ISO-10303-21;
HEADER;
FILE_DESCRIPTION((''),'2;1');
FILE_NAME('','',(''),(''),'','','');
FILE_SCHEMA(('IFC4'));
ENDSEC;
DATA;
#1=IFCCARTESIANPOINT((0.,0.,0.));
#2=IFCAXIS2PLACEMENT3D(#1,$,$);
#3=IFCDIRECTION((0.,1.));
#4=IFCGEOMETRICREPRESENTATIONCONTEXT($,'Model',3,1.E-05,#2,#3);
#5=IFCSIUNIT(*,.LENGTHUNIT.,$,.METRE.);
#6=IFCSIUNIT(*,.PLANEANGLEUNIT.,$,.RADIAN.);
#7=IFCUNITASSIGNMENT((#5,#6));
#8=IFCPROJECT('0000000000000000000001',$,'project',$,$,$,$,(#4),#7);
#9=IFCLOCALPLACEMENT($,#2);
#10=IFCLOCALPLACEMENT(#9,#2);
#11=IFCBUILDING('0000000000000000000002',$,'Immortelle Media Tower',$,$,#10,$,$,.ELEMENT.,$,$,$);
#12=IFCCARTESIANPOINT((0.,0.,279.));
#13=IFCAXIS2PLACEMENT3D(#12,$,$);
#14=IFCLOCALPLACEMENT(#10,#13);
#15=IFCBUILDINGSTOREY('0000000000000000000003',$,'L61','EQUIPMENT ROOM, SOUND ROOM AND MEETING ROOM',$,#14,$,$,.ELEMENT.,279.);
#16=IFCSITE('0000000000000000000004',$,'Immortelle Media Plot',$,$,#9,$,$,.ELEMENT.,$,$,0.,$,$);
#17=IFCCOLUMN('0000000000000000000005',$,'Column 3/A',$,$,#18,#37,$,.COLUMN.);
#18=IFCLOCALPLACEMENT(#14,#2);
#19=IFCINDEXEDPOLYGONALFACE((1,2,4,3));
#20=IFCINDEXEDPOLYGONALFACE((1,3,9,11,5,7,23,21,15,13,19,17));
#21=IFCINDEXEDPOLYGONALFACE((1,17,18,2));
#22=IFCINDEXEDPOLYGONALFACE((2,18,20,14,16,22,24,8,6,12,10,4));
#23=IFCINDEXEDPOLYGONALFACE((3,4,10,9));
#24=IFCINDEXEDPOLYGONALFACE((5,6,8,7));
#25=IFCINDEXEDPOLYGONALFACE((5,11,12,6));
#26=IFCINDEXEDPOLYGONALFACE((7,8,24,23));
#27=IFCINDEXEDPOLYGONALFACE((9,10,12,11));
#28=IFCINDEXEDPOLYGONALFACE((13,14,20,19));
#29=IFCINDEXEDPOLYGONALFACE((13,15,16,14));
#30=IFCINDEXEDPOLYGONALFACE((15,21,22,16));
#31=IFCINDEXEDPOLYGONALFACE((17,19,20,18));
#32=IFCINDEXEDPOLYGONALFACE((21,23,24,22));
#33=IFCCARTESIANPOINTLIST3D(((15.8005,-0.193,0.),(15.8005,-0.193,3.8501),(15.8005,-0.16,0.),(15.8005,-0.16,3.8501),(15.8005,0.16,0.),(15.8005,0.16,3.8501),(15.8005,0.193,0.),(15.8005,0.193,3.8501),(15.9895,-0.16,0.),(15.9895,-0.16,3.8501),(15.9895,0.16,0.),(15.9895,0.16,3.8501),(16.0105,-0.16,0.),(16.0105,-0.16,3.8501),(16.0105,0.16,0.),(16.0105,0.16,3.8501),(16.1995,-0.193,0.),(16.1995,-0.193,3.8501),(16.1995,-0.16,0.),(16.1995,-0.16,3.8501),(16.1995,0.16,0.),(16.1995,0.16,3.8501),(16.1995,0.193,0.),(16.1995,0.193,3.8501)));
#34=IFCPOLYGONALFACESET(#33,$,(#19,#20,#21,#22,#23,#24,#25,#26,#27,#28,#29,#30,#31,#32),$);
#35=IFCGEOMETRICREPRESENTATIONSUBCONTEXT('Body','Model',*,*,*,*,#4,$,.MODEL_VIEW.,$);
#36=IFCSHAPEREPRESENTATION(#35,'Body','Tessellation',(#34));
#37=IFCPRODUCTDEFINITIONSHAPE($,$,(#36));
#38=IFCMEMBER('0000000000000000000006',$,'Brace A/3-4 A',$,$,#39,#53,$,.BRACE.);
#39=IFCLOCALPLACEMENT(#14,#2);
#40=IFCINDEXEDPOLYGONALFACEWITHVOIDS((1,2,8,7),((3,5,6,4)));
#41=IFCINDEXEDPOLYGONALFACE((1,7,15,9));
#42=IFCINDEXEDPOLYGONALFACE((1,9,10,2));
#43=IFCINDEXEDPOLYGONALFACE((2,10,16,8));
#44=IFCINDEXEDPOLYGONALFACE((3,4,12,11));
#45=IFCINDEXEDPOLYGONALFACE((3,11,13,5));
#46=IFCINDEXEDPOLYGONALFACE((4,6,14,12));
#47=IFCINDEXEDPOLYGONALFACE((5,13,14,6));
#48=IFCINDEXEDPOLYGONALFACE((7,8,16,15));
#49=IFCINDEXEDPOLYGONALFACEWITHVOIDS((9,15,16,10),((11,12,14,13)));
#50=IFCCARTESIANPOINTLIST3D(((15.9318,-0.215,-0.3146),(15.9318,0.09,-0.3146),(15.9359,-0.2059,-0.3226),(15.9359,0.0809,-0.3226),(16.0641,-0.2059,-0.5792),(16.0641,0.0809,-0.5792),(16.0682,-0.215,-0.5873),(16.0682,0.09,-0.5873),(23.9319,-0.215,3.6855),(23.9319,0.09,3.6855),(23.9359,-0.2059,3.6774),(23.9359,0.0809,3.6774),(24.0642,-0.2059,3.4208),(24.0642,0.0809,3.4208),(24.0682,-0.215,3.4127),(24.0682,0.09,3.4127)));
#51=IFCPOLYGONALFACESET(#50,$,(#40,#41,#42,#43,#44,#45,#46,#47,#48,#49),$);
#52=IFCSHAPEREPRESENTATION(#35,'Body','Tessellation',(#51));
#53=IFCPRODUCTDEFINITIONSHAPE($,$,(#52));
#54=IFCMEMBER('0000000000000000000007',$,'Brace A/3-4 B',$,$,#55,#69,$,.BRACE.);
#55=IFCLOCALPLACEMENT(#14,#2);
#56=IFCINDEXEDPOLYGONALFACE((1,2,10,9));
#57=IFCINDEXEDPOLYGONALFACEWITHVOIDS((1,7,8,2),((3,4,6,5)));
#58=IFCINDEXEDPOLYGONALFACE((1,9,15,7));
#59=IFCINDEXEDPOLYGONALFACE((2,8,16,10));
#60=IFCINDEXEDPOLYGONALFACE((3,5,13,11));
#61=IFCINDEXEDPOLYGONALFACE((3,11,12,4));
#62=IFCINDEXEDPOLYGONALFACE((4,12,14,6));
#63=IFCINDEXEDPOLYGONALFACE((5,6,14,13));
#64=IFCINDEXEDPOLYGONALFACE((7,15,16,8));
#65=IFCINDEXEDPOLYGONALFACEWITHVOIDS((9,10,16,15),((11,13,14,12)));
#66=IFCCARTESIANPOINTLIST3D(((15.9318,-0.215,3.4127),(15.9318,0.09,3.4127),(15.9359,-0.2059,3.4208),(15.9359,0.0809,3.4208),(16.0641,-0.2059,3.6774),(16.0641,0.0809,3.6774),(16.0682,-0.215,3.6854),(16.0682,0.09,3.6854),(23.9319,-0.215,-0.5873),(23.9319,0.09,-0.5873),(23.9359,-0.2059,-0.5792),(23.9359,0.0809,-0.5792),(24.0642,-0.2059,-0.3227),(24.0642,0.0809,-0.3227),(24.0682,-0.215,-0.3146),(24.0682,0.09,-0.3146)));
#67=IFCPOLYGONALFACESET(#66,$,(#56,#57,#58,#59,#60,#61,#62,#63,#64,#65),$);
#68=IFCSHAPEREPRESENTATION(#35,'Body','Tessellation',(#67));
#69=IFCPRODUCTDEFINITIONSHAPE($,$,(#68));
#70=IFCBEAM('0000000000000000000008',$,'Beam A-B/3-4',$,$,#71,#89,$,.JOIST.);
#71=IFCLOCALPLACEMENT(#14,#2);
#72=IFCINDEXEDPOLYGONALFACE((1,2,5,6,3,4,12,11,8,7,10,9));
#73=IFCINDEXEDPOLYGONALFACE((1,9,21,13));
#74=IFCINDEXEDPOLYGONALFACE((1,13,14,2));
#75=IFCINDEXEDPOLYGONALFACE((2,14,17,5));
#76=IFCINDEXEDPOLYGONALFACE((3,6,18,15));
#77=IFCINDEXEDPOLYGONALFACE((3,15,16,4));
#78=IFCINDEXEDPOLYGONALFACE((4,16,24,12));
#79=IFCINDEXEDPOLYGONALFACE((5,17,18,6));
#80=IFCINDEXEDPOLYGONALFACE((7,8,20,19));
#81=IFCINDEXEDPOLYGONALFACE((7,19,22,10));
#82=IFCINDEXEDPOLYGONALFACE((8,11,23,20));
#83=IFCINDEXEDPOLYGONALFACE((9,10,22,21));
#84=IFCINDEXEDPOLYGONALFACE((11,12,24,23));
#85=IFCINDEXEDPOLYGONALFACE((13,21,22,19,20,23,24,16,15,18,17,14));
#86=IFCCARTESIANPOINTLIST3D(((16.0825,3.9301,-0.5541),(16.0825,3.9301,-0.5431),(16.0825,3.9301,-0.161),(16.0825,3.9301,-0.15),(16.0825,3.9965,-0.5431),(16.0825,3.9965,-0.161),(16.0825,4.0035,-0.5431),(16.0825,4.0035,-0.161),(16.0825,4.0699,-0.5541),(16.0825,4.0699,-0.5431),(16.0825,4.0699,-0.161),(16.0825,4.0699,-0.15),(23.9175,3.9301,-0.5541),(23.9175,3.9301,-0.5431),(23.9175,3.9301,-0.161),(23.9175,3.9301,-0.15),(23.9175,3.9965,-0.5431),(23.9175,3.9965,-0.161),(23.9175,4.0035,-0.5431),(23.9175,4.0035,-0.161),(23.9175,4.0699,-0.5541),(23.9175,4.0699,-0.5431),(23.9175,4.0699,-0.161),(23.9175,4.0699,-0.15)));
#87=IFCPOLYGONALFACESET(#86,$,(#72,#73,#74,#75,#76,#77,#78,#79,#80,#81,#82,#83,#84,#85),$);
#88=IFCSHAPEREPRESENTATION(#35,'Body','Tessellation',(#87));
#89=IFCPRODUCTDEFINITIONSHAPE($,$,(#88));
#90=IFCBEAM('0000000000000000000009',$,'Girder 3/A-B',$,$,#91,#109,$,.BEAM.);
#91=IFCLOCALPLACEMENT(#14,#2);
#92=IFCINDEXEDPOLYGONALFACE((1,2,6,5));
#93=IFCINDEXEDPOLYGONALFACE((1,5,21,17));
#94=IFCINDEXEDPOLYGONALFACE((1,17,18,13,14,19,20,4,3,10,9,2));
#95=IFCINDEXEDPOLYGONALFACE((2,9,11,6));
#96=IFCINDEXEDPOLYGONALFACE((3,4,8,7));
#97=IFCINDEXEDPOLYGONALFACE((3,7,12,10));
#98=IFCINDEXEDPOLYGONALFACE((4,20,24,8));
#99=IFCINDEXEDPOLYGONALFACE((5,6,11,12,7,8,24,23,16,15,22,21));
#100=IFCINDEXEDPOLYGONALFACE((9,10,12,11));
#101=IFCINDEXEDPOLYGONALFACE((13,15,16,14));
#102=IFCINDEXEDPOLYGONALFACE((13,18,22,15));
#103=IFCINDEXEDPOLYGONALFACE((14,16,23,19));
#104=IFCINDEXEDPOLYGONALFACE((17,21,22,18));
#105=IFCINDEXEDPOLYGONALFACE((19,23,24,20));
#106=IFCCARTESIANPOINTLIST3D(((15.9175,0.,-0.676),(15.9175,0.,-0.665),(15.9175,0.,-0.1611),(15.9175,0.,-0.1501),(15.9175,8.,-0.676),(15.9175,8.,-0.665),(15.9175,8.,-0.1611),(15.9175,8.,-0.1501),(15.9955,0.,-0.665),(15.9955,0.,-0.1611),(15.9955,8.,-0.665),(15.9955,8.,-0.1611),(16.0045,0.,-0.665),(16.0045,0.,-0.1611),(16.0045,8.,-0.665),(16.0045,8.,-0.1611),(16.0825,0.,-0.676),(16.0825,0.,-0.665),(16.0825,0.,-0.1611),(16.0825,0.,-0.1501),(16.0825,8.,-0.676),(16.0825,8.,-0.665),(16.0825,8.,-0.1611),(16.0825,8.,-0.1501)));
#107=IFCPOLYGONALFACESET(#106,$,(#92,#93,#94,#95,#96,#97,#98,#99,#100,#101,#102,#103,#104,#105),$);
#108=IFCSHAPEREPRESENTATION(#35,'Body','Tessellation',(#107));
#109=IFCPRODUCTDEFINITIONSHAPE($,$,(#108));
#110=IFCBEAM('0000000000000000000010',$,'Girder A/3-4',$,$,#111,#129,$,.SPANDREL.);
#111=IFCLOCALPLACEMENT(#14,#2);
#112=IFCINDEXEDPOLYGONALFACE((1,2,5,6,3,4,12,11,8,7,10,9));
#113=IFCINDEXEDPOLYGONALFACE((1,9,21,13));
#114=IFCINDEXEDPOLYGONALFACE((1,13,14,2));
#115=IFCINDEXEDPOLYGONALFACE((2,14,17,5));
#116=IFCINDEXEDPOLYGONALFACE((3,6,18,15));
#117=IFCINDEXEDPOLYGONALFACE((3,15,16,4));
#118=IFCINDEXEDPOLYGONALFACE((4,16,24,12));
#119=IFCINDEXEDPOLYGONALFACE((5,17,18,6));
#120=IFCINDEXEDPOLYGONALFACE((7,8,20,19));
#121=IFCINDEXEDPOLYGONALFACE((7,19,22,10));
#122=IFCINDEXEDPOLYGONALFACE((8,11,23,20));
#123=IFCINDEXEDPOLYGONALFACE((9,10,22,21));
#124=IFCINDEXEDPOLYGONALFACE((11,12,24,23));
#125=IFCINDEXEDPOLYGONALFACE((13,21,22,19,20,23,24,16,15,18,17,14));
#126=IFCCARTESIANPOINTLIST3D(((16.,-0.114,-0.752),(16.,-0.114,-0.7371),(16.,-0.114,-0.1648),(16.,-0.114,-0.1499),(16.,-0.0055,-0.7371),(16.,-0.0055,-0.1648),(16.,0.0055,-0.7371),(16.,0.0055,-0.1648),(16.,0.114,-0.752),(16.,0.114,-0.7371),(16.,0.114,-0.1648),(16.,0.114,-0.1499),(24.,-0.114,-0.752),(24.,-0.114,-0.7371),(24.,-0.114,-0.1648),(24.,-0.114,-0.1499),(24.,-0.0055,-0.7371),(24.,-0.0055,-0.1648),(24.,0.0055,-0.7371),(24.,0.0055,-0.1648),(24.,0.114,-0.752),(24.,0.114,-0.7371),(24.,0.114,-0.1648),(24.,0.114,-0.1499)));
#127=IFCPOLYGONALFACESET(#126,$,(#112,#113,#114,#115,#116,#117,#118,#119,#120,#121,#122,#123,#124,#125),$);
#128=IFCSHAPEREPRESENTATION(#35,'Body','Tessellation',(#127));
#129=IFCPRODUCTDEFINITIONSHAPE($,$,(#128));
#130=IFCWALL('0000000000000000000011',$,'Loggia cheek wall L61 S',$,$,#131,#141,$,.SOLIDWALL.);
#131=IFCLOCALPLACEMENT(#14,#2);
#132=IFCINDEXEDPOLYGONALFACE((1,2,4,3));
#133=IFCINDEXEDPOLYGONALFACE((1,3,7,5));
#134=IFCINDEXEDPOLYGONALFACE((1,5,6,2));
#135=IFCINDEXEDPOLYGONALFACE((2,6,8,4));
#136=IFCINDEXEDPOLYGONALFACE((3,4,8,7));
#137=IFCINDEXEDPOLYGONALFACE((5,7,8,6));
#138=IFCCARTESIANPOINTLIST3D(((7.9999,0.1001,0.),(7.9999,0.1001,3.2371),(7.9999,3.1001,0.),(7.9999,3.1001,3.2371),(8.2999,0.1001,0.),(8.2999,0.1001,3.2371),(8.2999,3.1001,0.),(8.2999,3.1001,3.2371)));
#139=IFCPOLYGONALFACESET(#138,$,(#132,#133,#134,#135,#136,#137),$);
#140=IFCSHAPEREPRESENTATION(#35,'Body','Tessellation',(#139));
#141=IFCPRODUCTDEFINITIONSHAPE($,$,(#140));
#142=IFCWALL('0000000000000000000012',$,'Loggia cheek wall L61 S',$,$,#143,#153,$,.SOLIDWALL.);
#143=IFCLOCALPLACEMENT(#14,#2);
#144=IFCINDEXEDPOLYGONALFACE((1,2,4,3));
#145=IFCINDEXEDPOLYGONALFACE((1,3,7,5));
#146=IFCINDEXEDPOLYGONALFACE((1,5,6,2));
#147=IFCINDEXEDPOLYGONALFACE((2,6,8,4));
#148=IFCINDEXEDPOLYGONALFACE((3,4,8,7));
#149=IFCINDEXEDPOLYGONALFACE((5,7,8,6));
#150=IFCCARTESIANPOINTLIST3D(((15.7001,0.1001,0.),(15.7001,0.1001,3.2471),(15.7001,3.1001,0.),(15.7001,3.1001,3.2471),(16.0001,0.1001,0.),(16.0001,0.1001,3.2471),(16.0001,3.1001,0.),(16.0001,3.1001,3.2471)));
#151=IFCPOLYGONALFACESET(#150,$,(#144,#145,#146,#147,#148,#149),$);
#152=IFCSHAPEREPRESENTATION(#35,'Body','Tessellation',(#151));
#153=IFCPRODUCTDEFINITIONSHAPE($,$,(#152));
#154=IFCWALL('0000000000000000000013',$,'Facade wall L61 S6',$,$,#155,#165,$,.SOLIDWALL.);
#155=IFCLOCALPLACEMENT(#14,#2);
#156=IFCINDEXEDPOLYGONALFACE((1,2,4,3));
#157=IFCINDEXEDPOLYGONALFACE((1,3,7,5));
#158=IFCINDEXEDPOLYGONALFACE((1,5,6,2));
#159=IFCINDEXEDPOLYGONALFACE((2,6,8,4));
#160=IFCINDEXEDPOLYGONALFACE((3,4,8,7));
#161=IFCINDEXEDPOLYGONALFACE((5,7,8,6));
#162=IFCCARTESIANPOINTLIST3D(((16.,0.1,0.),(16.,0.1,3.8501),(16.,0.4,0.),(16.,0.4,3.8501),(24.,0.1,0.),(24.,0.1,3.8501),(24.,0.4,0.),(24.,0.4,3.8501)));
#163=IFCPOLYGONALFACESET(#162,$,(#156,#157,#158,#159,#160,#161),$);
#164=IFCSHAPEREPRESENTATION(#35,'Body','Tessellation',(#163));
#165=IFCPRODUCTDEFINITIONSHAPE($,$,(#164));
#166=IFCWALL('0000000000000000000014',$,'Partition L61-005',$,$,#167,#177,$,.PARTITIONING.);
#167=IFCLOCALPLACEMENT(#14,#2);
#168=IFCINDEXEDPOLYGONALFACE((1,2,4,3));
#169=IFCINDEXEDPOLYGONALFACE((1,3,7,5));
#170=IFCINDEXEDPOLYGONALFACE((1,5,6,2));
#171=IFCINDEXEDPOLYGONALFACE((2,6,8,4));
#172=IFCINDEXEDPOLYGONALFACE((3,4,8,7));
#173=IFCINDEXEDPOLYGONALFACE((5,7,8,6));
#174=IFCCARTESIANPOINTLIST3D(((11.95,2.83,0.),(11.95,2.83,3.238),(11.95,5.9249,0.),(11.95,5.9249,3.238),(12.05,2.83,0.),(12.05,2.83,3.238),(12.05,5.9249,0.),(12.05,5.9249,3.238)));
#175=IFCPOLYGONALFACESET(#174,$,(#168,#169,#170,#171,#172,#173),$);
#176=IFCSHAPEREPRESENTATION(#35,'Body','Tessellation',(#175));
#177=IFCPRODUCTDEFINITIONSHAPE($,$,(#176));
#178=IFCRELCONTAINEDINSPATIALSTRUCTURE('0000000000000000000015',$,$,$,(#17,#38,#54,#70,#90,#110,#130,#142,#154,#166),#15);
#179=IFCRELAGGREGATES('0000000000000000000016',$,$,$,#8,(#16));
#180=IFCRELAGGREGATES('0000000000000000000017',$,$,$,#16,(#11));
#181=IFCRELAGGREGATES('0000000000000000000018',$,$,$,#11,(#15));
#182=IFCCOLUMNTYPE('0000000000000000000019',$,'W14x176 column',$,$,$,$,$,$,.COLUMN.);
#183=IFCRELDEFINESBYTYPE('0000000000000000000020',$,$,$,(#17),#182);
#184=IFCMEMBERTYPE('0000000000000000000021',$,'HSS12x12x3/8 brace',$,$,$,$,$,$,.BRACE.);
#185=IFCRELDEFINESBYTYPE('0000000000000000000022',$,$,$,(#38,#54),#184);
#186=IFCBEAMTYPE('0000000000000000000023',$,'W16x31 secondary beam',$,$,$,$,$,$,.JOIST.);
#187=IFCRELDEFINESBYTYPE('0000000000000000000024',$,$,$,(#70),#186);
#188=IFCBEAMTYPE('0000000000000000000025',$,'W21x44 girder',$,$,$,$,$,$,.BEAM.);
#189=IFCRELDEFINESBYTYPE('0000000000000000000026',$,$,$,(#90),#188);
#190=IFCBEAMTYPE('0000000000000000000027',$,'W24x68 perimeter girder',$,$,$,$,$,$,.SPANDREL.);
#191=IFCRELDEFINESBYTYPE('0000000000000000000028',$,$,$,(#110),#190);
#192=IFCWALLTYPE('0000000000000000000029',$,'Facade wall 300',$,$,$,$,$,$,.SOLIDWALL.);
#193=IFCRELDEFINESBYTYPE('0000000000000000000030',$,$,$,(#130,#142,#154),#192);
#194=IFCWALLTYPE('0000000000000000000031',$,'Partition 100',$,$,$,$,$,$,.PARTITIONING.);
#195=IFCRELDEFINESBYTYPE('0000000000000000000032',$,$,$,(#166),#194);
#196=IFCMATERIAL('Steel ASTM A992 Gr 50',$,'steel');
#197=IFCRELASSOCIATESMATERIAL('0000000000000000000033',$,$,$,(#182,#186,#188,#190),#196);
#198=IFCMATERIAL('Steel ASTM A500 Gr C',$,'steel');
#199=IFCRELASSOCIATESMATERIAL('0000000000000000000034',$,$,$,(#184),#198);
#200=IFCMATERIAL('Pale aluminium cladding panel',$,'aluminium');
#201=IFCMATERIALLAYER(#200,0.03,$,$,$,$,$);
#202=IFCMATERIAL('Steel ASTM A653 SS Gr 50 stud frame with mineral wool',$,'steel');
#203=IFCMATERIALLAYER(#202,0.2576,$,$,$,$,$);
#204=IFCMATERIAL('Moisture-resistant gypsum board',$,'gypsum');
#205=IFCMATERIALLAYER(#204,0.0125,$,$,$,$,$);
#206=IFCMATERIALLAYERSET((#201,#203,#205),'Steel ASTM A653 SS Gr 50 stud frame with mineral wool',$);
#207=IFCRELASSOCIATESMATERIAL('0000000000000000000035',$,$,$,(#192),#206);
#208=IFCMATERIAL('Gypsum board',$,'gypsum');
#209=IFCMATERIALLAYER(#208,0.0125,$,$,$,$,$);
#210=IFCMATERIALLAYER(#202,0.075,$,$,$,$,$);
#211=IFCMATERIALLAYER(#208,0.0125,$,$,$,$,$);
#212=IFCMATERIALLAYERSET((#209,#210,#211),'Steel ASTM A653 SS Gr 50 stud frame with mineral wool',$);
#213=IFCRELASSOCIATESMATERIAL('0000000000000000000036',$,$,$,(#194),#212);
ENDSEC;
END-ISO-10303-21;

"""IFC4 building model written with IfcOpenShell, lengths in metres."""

from ifc_helpers import new_model, si_unit, direction, frame, frame_2d, origin, origin_2d, place, context, subcontext, project, spatial, rectangle, hollow_rectangle, i_section, extrude, material, layer, layer_set, material_profile, profile_set, type_object, element, save


model = new_model("IFC4")

# Units and contexts
model_context = context("Model", 3, precision=1e-05, world=origin(), true_north=direction((0.0, 1.0)))
body_context = subcontext(model_context, "Body", "Model", "MODEL_VIEW")
ifc_project = project(units=[si_unit("LENGTHUNIT", "METRE"), si_unit("PLANEANGLEUNIT", "RADIAN")], contexts=[model_context])

# Site, building, storey
site_placement = place(None, origin())
site = spatial("IfcSite", under=ifc_project, at=site_placement, Name="Immortelle Media Plot", CompositionType="ELEMENT", RefElevation=0.0)
building_placement = place(site_placement, origin())
building = spatial("IfcBuilding", under=site, at=building_placement, Name="Immortelle Media Tower", CompositionType="ELEMENT")
storey_placement = place(building_placement, frame((0.0, 0.0, 279.0)))
storey = spatial("IfcBuildingStorey", under=building, at=storey_placement, Name="L61", Description="EQUIPMENT ROOM, SOUND ROOM AND MEETING ROOM", CompositionType="ELEMENT", Elevation=279.0)

# Column
ifc_material_1 = material(Name="Steel ASTM A992 Gr 50", Category="steel")
ifc_material_profile_1 = material_profile(ifc_material_1, i_section(OverallWidth=0.3989, OverallDepth=0.386, WebThickness=0.021, FlangeThickness=0.033, at=origin_2d()), Name="W14x176")
ifc_profile_set_1 = profile_set([ifc_material_profile_1], Name="Steel ASTM A992 Gr 50")
column_type = type_object("IfcColumnType", Name="W14x176 column", PredefinedType="COLUMN", material=ifc_profile_set_1)
column_placement = place(storey_placement, frame((16.0, 0.0, 0.0), z_axis=(0.0, 0.0, 1.0), x_axis=(1.0, 0.0, 0.0)))
element("IfcColumn", 1, at=column_placement, inside=storey, type_object=column_type, Name="Column 3/A", PredefinedType="COLUMN", context=body_context, shape_type="SweptSolid", body=[
    extrude(i_section(OverallWidth=0.3989, OverallDepth=0.386, WebThickness=0.021, FlangeThickness=0.033, at=origin_2d()), origin(), (0.0, 0.0, 1.0), 3.8501),
])

# Members
ifc_material_2 = material(Name="Steel ASTM A500 Gr C", Category="steel")
ifc_material_profile_2 = material_profile(ifc_material_2, hollow_rectangle(XDim=0.3049, YDim=0.3049, WallThickness=0.009, at=origin_2d()), Name="HSS12x12x3/8 brace")
ifc_profile_set_2 = profile_set([ifc_material_profile_2], Name="Steel ASTM A500 Gr C")
member_type = type_object("IfcMemberType", Name="HSS12x12x3/8 brace", PredefinedType="BRACE", material=ifc_profile_set_2)
for number, where, z_axis, x_axis, name in (
    (2, (16.0, -0.0625, -0.4509), (0.894427, 0.0, 0.447214), (0.0, 1.0, 0.0), "Brace A/3-4 A"),
    (3, (16.0, -0.0625, 3.5491), (0.894427, 0.0, -0.447214), (0.0, 1.0, 0.0), "Brace A/3-4 B"),
):
    element("IfcMember", number, at=place(storey_placement, frame(where, z_axis=z_axis, x_axis=x_axis)), inside=storey, type_object=member_type, Name=name, PredefinedType="BRACE", context=body_context, shape_type="SweptSolid", body=[
        extrude(hollow_rectangle(XDim=0.3049, YDim=0.3049, WallThickness=0.009, at=origin_2d()), origin(), (0.0, 0.0, 1.0), 8.9443),
    ])

# Beams
ifc_material_profile_3 = material_profile(ifc_material_1, i_section(OverallWidth=0.1399, OverallDepth=0.4041, WebThickness=0.0071, FlangeThickness=0.011, at=origin_2d()), Name="W16x31")
ifc_profile_set_3 = profile_set([ifc_material_profile_3], Name="Steel ASTM A992 Gr 50")
beam_type_1 = type_object("IfcBeamType", Name="W16x31 secondary beam", PredefinedType="JOIST", material=ifc_profile_set_3)
beam_1_placement = place(storey_placement, frame((16.0825, 4.0, -0.3521), z_axis=(1.0, 0.0, 0.0), x_axis=(0.0, 1.0, 0.0)))
element("IfcBeam", 4, at=beam_1_placement, inside=storey, type_object=beam_type_1, Name="Beam A-B/3-4", PredefinedType="JOIST", context=body_context, shape_type="SweptSolid", body=[
    extrude(i_section(OverallWidth=0.1399, OverallDepth=0.4041, WebThickness=0.0071, FlangeThickness=0.011, at=origin_2d()), origin(), (0.0, 0.0, 1.0), 7.835),
])
ifc_material_profile_4 = material_profile(ifc_material_1, i_section(OverallWidth=0.165, OverallDepth=0.5259, WebThickness=0.009, FlangeThickness=0.011, at=origin_2d()), Name="W21x44")
ifc_profile_set_4 = profile_set([ifc_material_profile_4], Name="Steel ASTM A992 Gr 50")
beam_type_2 = type_object("IfcBeamType", Name="W21x44 girder", PredefinedType="BEAM", material=ifc_profile_set_4)
beam_2_placement = place(storey_placement, frame((16.0, 0.0, -0.4131), z_axis=(0.0, 1.0, 0.0), x_axis=(-1.0, 0.0, 0.0)))
element("IfcBeam", 5, at=beam_2_placement, inside=storey, type_object=beam_type_2, Name="Girder 3/A-B", PredefinedType="BEAM", context=body_context, shape_type="SweptSolid", body=[
    extrude(i_section(OverallWidth=0.165, OverallDepth=0.5259, WebThickness=0.009, FlangeThickness=0.011, at=origin_2d()), origin(), (0.0, 0.0, 1.0), 8.0),
])
ifc_material_profile_5 = material_profile(ifc_material_1, i_section(OverallWidth=0.228, OverallDepth=0.6021, WebThickness=0.011, FlangeThickness=0.0149, at=origin_2d()), Name="W24x68")
ifc_profile_set_5 = profile_set([ifc_material_profile_5], Name="Steel ASTM A992 Gr 50")
beam_type_3 = type_object("IfcBeamType", Name="W24x68 perimeter girder", PredefinedType="SPANDREL", material=ifc_profile_set_5)
beam_3_placement = place(storey_placement, frame((16.0, 0.0, -0.4509), z_axis=(1.0, 0.0, 0.0), x_axis=(0.0, 1.0, 0.0)))
element("IfcBeam", 6, at=beam_3_placement, inside=storey, type_object=beam_type_3, Name="Girder A/3-4", PredefinedType="SPANDREL", context=body_context, shape_type="SweptSolid", body=[
    extrude(i_section(OverallWidth=0.228, OverallDepth=0.6021, WebThickness=0.011, FlangeThickness=0.0149, at=origin_2d()), origin(), (0.0, 0.0, 1.0), 8.0),
])

# Shared definitions
ifc_material_3 = material(Name="Pale aluminium cladding panel", Category="aluminium")
ifc_layer_1 = layer(ifc_material_3, 0.03)
ifc_material_4 = material(Name="Steel ASTM A653 SS Gr 50 stud frame with mineral wool", Category="steel")
ifc_layer_2 = layer(ifc_material_4, 0.2576)
ifc_material_5 = material(Name="Moisture-resistant gypsum board", Category="gypsum")
ifc_layer_3 = layer(ifc_material_5, 0.0125)
ifc_layer_set_1 = layer_set([ifc_layer_1, ifc_layer_2, ifc_layer_3], Name="Steel ASTM A653 SS Gr 50 stud frame with mineral wool")
wall_type_1 = type_object("IfcWallType", Name="Facade wall 300", PredefinedType="SOLIDWALL", material=ifc_layer_set_1)

# Walls
wall_1_placement = place(storey_placement, frame((8.1499, 0.1001, 0.0), z_axis=(0.0, 0.0, 1.0), x_axis=(0.0, 1.0, 0.0)))
element("IfcWall", 7, at=wall_1_placement, inside=storey, type_object=wall_type_1, Name="Loggia cheek wall L61 S", PredefinedType="SOLIDWALL", context=body_context, shape_type="SweptSolid", body=[
    extrude(rectangle(XDim=3.0, YDim=0.3, at=frame_2d((1.5, 0.0))), origin(), (0.0, 0.0, 1.0), 3.2371),
])
wall_2_placement = place(storey_placement, frame((15.8501, 0.1001, 0.0), z_axis=(0.0, 0.0, 1.0), x_axis=(0.0, 1.0, 0.0)))
element("IfcWall", 8, at=wall_2_placement, inside=storey, type_object=wall_type_1, Name="Loggia cheek wall L61 S", PredefinedType="SOLIDWALL", context=body_context, shape_type="SweptSolid", body=[
    extrude(rectangle(XDim=3.0, YDim=0.3, at=frame_2d((1.5, 0.0))), origin(), (0.0, 0.0, 1.0), 3.2471),
])
wall_3_placement = place(storey_placement, frame((16.0, 0.25, 0.0), z_axis=(0.0, 0.0, 1.0), x_axis=(1.0, 0.0, 0.0)))
element("IfcWall", 9, at=wall_3_placement, inside=storey, type_object=wall_type_1, Name="Facade wall L61 S6", PredefinedType="SOLIDWALL", context=body_context, shape_type="SweptSolid", body=[
    extrude(rectangle(XDim=8.0, YDim=0.3, at=frame_2d((4.0, 0.0))), origin(), (0.0, 0.0, 1.0), 3.8501),
])
ifc_material_6 = material(Name="Gypsum board", Category="gypsum")
ifc_layer_4 = layer(ifc_material_6, 0.0125)
ifc_layer_5 = layer(ifc_material_4, 0.075)
ifc_layer_6 = layer(ifc_material_6, 0.0125)
ifc_layer_set_2 = layer_set([ifc_layer_4, ifc_layer_5, ifc_layer_6], Name="Steel ASTM A653 SS Gr 50 stud frame with mineral wool")
wall_type_2 = type_object("IfcWallType", Name="Partition 100", PredefinedType="PARTITIONING", material=ifc_layer_set_2)
wall_4_placement = place(storey_placement, frame((12.0, 2.8301, 0.0), z_axis=(0.0, 0.0, 1.0), x_axis=(0.0, 1.0, 0.0)))
element("IfcWall", 10, at=wall_4_placement, inside=storey, type_object=wall_type_2, Name="Partition L61-005", PredefinedType="PARTITIONING", context=body_context, shape_type="SweptSolid", body=[
    extrude(rectangle(XDim=3.095, YDim=0.1001, at=frame_2d((1.5474, 0.0))), origin(), (0.0, 0.0, 1.0), 3.238),
])

save(model, "model.ifc")
